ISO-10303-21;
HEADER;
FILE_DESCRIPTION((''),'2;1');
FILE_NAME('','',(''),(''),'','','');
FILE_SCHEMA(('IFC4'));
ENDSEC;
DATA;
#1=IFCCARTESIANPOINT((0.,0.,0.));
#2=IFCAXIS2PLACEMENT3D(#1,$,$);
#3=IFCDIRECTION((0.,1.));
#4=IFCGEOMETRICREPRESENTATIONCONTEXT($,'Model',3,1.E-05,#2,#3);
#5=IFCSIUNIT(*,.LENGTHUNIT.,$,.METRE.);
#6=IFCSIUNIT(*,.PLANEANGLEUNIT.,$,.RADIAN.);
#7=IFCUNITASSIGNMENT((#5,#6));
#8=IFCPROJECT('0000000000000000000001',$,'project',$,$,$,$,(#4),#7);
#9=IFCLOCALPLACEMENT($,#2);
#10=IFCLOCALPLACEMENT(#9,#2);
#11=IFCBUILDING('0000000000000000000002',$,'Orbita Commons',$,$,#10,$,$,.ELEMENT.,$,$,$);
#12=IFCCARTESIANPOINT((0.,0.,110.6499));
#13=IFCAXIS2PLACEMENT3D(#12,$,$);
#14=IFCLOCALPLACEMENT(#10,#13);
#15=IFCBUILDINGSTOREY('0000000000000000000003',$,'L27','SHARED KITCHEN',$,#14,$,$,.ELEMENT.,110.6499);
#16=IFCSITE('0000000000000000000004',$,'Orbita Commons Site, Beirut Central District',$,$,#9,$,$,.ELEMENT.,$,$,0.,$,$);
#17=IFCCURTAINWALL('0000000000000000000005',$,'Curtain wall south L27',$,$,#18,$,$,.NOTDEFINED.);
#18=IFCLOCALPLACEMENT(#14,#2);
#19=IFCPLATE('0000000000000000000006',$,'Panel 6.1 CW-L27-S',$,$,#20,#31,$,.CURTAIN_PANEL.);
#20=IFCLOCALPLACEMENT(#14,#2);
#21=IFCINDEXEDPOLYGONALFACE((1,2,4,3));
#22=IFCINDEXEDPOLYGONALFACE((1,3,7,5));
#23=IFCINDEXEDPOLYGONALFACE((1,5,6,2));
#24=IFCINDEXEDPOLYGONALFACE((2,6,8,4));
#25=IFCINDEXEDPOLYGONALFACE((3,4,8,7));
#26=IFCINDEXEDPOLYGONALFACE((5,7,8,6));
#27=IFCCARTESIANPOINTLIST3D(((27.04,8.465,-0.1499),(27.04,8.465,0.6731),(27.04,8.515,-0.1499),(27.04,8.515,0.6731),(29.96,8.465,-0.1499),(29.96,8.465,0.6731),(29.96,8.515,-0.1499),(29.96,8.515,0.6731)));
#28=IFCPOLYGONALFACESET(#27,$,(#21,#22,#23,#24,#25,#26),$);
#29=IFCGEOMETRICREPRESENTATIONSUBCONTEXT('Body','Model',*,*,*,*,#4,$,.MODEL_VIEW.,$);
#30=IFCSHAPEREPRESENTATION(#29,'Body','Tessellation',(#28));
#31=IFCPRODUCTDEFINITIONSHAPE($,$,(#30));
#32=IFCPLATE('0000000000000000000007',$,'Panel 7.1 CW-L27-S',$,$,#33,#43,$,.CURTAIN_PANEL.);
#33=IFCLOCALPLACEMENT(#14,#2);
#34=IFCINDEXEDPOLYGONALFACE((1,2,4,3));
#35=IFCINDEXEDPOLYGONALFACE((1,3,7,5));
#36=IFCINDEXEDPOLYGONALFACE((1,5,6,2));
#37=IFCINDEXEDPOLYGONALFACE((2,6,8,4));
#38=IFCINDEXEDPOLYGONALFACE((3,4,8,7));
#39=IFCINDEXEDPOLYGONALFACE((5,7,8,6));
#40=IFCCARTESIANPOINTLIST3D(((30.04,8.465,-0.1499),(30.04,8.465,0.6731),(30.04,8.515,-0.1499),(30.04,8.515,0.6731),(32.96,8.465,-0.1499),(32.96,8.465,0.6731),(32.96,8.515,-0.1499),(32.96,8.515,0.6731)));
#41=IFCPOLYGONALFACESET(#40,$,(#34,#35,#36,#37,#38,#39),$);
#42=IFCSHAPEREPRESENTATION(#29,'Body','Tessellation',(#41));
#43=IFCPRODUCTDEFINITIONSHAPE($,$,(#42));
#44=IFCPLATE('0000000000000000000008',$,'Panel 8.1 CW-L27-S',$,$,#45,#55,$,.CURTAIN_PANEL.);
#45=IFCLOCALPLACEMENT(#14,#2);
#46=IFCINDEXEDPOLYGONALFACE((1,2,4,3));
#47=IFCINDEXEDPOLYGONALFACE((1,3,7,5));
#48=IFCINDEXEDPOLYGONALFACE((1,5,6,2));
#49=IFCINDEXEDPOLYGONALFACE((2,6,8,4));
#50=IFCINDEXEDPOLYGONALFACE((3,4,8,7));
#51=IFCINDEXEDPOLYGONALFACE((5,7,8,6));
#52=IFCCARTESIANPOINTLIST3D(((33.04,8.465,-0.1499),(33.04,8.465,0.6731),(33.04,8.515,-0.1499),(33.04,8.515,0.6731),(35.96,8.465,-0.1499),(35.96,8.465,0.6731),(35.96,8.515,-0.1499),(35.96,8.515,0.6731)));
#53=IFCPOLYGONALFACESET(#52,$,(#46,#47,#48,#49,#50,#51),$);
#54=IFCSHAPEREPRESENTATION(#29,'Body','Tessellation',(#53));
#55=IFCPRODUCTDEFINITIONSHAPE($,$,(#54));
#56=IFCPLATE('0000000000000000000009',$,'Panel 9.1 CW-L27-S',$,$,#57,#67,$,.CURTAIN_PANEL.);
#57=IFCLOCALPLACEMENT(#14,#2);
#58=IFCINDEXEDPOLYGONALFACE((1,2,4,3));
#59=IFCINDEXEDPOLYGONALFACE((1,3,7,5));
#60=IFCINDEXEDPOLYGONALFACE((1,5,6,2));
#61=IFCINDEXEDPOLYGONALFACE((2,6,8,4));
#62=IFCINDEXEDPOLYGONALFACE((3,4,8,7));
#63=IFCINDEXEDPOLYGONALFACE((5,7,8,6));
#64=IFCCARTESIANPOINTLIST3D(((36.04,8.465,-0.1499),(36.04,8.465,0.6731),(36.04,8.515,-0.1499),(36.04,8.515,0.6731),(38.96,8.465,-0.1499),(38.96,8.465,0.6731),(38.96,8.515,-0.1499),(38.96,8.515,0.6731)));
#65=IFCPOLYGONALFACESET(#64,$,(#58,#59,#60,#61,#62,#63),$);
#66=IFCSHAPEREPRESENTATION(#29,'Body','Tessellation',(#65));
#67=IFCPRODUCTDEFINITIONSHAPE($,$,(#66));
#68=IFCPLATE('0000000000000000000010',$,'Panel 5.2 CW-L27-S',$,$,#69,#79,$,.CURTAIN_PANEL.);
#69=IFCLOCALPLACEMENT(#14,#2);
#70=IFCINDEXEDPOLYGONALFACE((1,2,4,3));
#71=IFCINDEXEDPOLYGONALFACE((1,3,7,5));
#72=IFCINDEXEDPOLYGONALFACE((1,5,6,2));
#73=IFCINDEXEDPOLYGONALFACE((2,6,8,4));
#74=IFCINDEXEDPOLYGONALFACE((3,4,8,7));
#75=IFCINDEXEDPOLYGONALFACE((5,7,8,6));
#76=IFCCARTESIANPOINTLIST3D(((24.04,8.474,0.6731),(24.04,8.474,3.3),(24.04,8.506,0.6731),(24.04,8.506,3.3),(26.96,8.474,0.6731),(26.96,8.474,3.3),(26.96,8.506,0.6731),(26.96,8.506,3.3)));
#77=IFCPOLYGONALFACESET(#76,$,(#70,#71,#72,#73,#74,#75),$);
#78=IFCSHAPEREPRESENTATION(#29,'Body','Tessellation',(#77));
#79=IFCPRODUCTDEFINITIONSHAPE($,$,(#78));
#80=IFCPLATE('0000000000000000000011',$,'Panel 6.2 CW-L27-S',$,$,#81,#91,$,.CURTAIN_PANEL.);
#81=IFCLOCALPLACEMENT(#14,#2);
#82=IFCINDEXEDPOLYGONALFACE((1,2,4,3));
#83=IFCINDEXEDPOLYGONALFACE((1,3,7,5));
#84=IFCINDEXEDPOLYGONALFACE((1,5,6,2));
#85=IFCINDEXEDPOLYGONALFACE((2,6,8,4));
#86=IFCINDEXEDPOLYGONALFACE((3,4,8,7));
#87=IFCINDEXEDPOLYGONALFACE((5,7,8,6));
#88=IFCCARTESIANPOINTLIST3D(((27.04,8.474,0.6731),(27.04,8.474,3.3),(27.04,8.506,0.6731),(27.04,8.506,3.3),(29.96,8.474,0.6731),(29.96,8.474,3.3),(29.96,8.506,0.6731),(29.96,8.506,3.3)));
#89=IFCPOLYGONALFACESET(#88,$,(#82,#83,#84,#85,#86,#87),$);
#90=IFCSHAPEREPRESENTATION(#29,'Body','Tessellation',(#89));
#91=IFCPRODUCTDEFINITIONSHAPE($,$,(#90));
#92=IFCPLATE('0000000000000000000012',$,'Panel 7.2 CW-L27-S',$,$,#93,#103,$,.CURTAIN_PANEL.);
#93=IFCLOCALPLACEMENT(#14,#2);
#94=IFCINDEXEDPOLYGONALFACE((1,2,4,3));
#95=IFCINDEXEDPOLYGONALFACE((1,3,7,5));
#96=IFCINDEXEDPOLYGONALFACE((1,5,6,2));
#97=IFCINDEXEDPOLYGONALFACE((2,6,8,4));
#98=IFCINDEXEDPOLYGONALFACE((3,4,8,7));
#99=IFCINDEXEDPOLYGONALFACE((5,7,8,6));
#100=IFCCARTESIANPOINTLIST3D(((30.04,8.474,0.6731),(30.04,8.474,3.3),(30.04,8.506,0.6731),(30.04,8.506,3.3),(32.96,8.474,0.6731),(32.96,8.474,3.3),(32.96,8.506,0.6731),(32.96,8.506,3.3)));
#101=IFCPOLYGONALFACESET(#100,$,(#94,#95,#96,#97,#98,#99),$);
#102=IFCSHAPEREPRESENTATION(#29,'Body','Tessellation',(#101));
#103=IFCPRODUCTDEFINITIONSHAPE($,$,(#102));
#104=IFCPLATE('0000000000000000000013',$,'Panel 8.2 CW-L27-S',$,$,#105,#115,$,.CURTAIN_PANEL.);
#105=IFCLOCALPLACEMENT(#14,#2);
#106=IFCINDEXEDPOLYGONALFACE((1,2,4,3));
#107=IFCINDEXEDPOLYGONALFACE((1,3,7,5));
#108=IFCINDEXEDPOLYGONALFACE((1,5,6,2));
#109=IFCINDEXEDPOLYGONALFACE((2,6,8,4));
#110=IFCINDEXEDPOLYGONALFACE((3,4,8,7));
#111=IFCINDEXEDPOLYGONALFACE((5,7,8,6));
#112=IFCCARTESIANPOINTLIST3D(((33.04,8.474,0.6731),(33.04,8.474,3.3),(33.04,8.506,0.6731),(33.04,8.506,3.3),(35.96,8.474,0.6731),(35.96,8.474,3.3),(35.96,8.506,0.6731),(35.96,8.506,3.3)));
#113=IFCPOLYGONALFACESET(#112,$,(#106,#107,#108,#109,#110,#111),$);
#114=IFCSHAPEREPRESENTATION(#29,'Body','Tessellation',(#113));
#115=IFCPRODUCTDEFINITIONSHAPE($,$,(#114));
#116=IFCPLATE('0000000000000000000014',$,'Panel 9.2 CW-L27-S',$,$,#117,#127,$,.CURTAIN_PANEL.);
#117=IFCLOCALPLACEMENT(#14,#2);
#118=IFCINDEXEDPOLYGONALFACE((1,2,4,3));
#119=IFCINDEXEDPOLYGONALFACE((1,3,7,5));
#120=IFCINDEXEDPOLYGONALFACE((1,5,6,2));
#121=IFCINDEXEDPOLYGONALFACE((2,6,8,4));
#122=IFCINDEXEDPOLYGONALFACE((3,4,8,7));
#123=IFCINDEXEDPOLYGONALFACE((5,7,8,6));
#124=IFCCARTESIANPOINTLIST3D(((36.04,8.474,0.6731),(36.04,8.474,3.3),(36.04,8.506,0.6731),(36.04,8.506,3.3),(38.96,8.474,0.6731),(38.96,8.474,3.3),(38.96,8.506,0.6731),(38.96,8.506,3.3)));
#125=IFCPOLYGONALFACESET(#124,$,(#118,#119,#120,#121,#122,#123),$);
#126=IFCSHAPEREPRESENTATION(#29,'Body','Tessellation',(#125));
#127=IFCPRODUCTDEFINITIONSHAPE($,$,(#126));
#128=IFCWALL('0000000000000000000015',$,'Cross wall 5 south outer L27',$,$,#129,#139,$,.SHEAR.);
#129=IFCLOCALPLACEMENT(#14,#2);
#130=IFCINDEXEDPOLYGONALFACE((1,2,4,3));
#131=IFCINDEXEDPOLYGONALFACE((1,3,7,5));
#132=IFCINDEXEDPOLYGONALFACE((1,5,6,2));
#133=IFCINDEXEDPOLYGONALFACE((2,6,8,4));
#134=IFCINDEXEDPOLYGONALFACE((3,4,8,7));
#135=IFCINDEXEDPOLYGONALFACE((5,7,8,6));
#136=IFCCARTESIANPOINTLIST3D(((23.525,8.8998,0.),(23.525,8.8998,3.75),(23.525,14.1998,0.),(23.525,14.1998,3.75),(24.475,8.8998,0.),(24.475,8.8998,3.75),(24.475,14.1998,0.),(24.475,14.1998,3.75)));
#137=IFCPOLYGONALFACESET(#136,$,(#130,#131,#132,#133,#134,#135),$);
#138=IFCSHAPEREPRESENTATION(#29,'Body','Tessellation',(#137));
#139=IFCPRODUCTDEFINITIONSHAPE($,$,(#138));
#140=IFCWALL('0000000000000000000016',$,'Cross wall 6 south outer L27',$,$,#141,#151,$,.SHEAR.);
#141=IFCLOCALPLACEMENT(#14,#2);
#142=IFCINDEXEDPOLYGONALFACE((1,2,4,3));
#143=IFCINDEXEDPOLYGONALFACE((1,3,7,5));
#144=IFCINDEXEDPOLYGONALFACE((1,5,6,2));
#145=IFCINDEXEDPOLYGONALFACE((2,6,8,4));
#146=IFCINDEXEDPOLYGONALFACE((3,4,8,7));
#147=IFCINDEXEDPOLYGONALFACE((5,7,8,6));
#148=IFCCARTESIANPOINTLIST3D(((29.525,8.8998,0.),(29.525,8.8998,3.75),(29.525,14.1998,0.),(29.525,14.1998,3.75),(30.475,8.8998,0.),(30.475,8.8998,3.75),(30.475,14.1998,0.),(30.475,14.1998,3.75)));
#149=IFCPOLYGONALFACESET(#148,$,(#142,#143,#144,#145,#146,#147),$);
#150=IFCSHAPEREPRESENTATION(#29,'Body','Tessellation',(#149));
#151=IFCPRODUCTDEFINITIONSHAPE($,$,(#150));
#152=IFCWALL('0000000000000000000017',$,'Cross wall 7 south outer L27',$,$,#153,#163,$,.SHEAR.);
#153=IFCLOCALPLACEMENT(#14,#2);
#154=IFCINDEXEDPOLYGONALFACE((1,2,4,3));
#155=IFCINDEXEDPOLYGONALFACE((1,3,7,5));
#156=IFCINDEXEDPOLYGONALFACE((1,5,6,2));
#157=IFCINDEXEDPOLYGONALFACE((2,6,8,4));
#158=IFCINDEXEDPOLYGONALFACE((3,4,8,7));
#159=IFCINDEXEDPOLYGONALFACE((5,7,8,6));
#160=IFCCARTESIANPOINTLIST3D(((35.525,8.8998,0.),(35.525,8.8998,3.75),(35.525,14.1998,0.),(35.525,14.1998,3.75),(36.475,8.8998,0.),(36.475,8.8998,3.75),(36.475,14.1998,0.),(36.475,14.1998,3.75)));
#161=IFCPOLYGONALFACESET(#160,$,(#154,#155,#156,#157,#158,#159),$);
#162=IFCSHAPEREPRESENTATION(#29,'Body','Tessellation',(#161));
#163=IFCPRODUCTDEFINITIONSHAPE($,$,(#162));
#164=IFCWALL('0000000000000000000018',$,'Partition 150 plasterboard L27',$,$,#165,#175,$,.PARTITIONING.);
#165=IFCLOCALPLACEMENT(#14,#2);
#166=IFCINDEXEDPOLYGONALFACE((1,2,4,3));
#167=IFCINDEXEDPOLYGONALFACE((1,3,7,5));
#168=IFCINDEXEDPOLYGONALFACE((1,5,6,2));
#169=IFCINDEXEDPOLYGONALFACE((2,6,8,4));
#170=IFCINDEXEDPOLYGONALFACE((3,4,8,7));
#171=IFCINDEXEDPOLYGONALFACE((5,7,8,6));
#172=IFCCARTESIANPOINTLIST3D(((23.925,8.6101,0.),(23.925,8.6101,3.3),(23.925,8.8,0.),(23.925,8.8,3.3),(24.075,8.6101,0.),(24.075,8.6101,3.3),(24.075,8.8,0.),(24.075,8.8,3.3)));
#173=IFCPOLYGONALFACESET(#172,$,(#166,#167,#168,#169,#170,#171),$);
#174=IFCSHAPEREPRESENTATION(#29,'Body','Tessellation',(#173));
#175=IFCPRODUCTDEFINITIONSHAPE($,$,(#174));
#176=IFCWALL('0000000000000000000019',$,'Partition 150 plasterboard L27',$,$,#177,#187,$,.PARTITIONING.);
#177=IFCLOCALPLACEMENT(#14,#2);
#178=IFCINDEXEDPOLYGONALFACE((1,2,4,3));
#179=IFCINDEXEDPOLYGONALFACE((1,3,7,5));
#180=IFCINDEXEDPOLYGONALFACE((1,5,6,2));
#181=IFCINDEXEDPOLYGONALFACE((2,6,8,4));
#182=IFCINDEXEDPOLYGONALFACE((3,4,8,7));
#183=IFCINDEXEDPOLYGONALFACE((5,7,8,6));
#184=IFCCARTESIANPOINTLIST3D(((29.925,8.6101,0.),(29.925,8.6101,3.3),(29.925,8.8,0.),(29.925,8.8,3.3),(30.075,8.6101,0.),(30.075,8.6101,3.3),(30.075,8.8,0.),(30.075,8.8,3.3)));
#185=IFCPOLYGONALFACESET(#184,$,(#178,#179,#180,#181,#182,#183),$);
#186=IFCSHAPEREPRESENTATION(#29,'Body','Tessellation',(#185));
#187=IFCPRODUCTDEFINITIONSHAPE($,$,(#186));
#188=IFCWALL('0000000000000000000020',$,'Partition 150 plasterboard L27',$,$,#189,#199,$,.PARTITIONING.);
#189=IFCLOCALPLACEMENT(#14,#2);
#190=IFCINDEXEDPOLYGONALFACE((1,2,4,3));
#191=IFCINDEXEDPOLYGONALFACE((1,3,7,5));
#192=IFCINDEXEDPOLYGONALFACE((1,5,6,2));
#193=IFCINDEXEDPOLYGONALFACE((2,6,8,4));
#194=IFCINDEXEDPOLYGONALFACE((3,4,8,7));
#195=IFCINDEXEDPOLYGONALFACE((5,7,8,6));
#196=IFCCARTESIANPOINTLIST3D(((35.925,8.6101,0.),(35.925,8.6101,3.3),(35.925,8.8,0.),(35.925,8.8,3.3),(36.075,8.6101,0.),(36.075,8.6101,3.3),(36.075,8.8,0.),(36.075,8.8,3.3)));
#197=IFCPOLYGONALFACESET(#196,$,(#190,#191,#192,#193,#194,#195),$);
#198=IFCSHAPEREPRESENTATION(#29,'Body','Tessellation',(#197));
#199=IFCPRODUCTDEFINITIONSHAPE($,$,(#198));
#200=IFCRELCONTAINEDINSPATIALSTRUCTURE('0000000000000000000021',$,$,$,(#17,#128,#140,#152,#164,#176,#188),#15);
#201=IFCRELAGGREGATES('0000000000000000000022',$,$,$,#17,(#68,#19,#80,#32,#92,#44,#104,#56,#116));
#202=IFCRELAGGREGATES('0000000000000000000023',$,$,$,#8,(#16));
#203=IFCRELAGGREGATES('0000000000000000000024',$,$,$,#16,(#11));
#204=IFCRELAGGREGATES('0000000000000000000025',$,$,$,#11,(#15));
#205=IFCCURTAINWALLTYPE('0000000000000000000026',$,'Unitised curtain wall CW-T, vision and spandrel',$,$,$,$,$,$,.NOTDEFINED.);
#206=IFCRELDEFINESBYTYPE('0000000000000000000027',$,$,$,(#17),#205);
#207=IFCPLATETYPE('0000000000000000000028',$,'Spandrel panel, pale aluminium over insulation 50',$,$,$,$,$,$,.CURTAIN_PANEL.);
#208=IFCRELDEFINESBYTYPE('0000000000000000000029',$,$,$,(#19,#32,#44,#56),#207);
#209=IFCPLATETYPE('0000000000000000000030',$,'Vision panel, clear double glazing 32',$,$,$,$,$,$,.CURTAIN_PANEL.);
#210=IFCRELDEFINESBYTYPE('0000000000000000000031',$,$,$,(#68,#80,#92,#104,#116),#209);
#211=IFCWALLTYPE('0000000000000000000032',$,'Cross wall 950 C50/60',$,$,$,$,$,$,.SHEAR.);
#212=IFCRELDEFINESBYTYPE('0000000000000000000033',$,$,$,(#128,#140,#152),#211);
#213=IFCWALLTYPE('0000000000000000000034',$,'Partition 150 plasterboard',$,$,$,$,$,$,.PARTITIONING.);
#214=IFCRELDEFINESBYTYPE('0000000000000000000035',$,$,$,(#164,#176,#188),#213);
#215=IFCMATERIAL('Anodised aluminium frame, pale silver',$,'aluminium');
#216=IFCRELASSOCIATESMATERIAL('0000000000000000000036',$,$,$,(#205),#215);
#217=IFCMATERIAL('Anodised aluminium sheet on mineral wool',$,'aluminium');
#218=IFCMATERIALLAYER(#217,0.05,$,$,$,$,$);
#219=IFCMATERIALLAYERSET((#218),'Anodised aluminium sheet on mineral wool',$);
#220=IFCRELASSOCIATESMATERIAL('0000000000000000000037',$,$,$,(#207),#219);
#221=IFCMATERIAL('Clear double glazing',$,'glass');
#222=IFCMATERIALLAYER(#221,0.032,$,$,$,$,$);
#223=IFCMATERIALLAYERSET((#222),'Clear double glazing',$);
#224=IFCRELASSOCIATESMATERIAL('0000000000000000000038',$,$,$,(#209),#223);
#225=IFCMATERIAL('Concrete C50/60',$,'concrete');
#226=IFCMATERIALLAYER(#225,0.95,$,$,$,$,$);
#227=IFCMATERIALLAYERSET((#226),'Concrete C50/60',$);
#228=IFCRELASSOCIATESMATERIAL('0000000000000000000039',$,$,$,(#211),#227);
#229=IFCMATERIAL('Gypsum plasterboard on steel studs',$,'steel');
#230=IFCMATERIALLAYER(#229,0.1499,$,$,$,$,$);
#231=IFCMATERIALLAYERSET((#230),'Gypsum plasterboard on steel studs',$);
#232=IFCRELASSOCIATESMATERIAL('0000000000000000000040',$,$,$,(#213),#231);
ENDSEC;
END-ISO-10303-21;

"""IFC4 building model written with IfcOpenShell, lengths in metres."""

from ifc_helpers import new_model, si_unit, direction, frame, frame_2d, origin, origin_2d, place, context, subcontext, project, spatial, rectangle, extrude, material, layer, layer_set, type_object, element, aggregate, save


model = new_model("IFC4")

# Units and contexts
model_context = context("Model", 3, precision=1e-05, world=origin(), true_north=direction((0.0, 1.0)))
body_context = subcontext(model_context, "Body", "Model", "MODEL_VIEW")
ifc_project = project(units=[si_unit("LENGTHUNIT", "METRE"), si_unit("PLANEANGLEUNIT", "RADIAN")], contexts=[model_context])

# Site, building, storey
site_placement = place(None, origin())
site = spatial("IfcSite", under=ifc_project, at=site_placement, Name="Orbita Commons Site, Beirut Central District", CompositionType="ELEMENT", RefElevation=0.0)
building_placement = place(site_placement, origin())
building = spatial("IfcBuilding", under=site, at=building_placement, Name="Orbita Commons", CompositionType="ELEMENT")
storey_placement = place(building_placement, frame((0.0, 0.0, 110.6499)))
storey = spatial("IfcBuildingStorey", under=building, at=storey_placement, Name="L27", Description="SHARED KITCHEN", CompositionType="ELEMENT", Elevation=110.6499)

# Curtain wall, plates
ifc_material_1 = material(Name="Anodised aluminium frame, pale silver", Category="aluminium")
curtain_wall_type = type_object("IfcCurtainWallType", Name="Unitised curtain wall CW-T, vision and spandrel", PredefinedType="NOTDEFINED", material=ifc_material_1)
curtain_wall_placement = place(storey_placement, origin())
curtain_wall = element("IfcCurtainWall", 1, at=curtain_wall_placement, inside=storey, type_object=curtain_wall_type, Name="Curtain wall south L27", PredefinedType="NOTDEFINED")
ifc_material_2 = material(Name="Anodised aluminium sheet on mineral wool", Category="aluminium")
ifc_layer_1 = layer(ifc_material_2, 0.05)
ifc_layer_set_1 = layer_set([ifc_layer_1], Name="Anodised aluminium sheet on mineral wool")
plate_type_1 = type_object("IfcPlateType", Name="Spandrel panel, pale aluminium over insulation 50", PredefinedType="CURTAIN_PANEL", material=ifc_layer_set_1)
plate_1_placement = place(storey_placement, frame((28.5, 8.49, -0.1499), z_axis=(0.0, 0.0, 1.0), x_axis=(1.0, 0.0, 0.0)))
plate_1 = element("IfcPlate", 2, at=plate_1_placement, type_object=plate_type_1, Name="Panel 6.1 CW-L27-S", PredefinedType="CURTAIN_PANEL", context=body_context, shape_type="SweptSolid", body=[
    extrude(rectangle(XDim=2.9199, YDim=0.05, at=origin_2d()), origin(), (0.0, 0.0, 1.0), 0.823),
])
plate_2_placement = place(storey_placement, frame((31.5, 8.49, -0.1499), z_axis=(0.0, 0.0, 1.0), x_axis=(1.0, 0.0, 0.0)))
plate_2 = element("IfcPlate", 3, at=plate_2_placement, type_object=plate_type_1, Name="Panel 7.1 CW-L27-S", PredefinedType="CURTAIN_PANEL", context=body_context, shape_type="SweptSolid", body=[
    extrude(rectangle(XDim=2.9199, YDim=0.05, at=origin_2d()), origin(), (0.0, 0.0, 1.0), 0.823),
])
plate_3_placement = place(storey_placement, frame((34.5, 8.49, -0.1499), z_axis=(0.0, 0.0, 1.0), x_axis=(1.0, 0.0, 0.0)))
plate_3 = element("IfcPlate", 4, at=plate_3_placement, type_object=plate_type_1, Name="Panel 8.1 CW-L27-S", PredefinedType="CURTAIN_PANEL", context=body_context, shape_type="SweptSolid", body=[
    extrude(rectangle(XDim=2.9199, YDim=0.05, at=origin_2d()), origin(), (0.0, 0.0, 1.0), 0.823),
])
plate_4_placement = place(storey_placement, frame((37.5, 8.49, -0.1499), z_axis=(0.0, 0.0, 1.0), x_axis=(1.0, 0.0, 0.0)))
plate_4 = element("IfcPlate", 5, at=plate_4_placement, type_object=plate_type_1, Name="Panel 9.1 CW-L27-S", PredefinedType="CURTAIN_PANEL", context=body_context, shape_type="SweptSolid", body=[
    extrude(rectangle(XDim=2.9199, YDim=0.05, at=origin_2d()), origin(), (0.0, 0.0, 1.0), 0.823),
])
ifc_material_3 = material(Name="Clear double glazing", Category="glass")
ifc_layer_2 = layer(ifc_material_3, 0.032)
ifc_layer_set_2 = layer_set([ifc_layer_2], Name="Clear double glazing")
plate_type_2 = type_object("IfcPlateType", Name="Vision panel, clear double glazing 32", PredefinedType="CURTAIN_PANEL", material=ifc_layer_set_2)
plate_5_placement = place(storey_placement, frame((25.5, 8.49, 0.6731), z_axis=(0.0, 0.0, 1.0), x_axis=(1.0, 0.0, 0.0)))
plate_5 = element("IfcPlate", 6, at=plate_5_placement, type_object=plate_type_2, Name="Panel 5.2 CW-L27-S", PredefinedType="CURTAIN_PANEL", context=body_context, shape_type="SweptSolid", body=[
    extrude(rectangle(XDim=2.9199, YDim=0.032, at=origin_2d()), origin(), (0.0, 0.0, 1.0), 2.627),
])
plate_6_placement = place(storey_placement, frame((28.5, 8.49, 0.6731), z_axis=(0.0, 0.0, 1.0), x_axis=(1.0, 0.0, 0.0)))
plate_6 = element("IfcPlate", 7, at=plate_6_placement, type_object=plate_type_2, Name="Panel 6.2 CW-L27-S", PredefinedType="CURTAIN_PANEL", context=body_context, shape_type="SweptSolid", body=[
    extrude(rectangle(XDim=2.9199, YDim=0.032, at=origin_2d()), origin(), (0.0, 0.0, 1.0), 2.627),
])
plate_7_placement = place(storey_placement, frame((31.5, 8.49, 0.6731), z_axis=(0.0, 0.0, 1.0), x_axis=(1.0, 0.0, 0.0)))
plate_7 = element("IfcPlate", 8, at=plate_7_placement, type_object=plate_type_2, Name="Panel 7.2 CW-L27-S", PredefinedType="CURTAIN_PANEL", context=body_context, shape_type="SweptSolid", body=[
    extrude(rectangle(XDim=2.9199, YDim=0.032, at=origin_2d()), origin(), (0.0, 0.0, 1.0), 2.627),
])
plate_8_placement = place(storey_placement, frame((34.5, 8.49, 0.6731), z_axis=(0.0, 0.0, 1.0), x_axis=(1.0, 0.0, 0.0)))
plate_8 = element("IfcPlate", 9, at=plate_8_placement, type_object=plate_type_2, Name="Panel 8.2 CW-L27-S", PredefinedType="CURTAIN_PANEL", context=body_context, shape_type="SweptSolid", body=[
    extrude(rectangle(XDim=2.9199, YDim=0.032, at=origin_2d()), origin(), (0.0, 0.0, 1.0), 2.627),
])
plate_9_placement = place(storey_placement, frame((37.5, 8.49, 0.6731), z_axis=(0.0, 0.0, 1.0), x_axis=(1.0, 0.0, 0.0)))
plate_9 = element("IfcPlate", 10, at=plate_9_placement, type_object=plate_type_2, Name="Panel 9.2 CW-L27-S", PredefinedType="CURTAIN_PANEL", context=body_context, shape_type="SweptSolid", body=[
    extrude(rectangle(XDim=2.9199, YDim=0.032, at=origin_2d()), origin(), (0.0, 0.0, 1.0), 2.627),
])
aggregate(curtain_wall, [plate_5, plate_1, plate_6, plate_2, plate_7, plate_3, plate_8, plate_4, plate_9])

# Walls
ifc_material_4 = material(Name="Concrete C50/60", Category="concrete")
ifc_layer_3 = layer(ifc_material_4, 0.95)
ifc_layer_set_3 = layer_set([ifc_layer_3], Name="Concrete C50/60")
wall_type_1 = type_object("IfcWallType", Name="Cross wall 950 C50/60", PredefinedType="SHEAR", material=ifc_layer_set_3)
for number, where, z_axis, x_axis, name in (
    (11, (24.0, 8.8999, 0.0), (0.0, 0.0, 1.0), (0.0, 1.0, 0.0), "Cross wall 5 south outer L27"),
    (12, (30.0, 8.8999, 0.0), (0.0, 0.0, 1.0), (0.0, 1.0, 0.0), "Cross wall 6 south outer L27"),
    (13, (36.0, 8.8999, 0.0), (0.0, 0.0, 1.0), (0.0, 1.0, 0.0), "Cross wall 7 south outer L27"),
):
    element("IfcWall", number, at=place(storey_placement, frame(where, z_axis=z_axis, x_axis=x_axis)), inside=storey, type_object=wall_type_1, Name=name, PredefinedType="SHEAR", context=body_context, shape_type="SweptSolid", body=[
        extrude(rectangle(XDim=5.3, YDim=0.95, at=frame_2d((2.6499, 0.0))), origin(), (0.0, 0.0, 1.0), 3.75),
    ])
ifc_material_5 = material(Name="Gypsum plasterboard on steel studs", Category="steel")
ifc_layer_4 = layer(ifc_material_5, 0.1499)
ifc_layer_set_4 = layer_set([ifc_layer_4], Name="Gypsum plasterboard on steel studs")
wall_type_2 = type_object("IfcWallType", Name="Partition 150 plasterboard", PredefinedType="PARTITIONING", material=ifc_layer_set_4)
for number, where, z_axis, x_axis, name in (
    (14, (24.0, 8.8, 0.0), (0.0, 0.0, 1.0), (0.0, -1.0, 0.0), "Partition 150 plasterboard L27"),
    (15, (30.0, 8.8, 0.0), (0.0, 0.0, 1.0), (0.0, -1.0, 0.0), "Partition 150 plasterboard L27"),
    (16, (36.0, 8.8, 0.0), (0.0, 0.0, 1.0), (0.0, -1.0, 0.0), "Partition 150 plasterboard L27"),
):
    element("IfcWall", number, at=place(storey_placement, frame(where, z_axis=z_axis, x_axis=x_axis)), inside=storey, type_object=wall_type_2, Name=name, PredefinedType="PARTITIONING", context=body_context, shape_type="SweptSolid", body=[
        extrude(rectangle(XDim=0.1899, YDim=0.1499, at=frame_2d((0.095, 0.0))), origin(), (0.0, 0.0, 1.0), 3.3),
    ])

save(model, "model.ifc")
